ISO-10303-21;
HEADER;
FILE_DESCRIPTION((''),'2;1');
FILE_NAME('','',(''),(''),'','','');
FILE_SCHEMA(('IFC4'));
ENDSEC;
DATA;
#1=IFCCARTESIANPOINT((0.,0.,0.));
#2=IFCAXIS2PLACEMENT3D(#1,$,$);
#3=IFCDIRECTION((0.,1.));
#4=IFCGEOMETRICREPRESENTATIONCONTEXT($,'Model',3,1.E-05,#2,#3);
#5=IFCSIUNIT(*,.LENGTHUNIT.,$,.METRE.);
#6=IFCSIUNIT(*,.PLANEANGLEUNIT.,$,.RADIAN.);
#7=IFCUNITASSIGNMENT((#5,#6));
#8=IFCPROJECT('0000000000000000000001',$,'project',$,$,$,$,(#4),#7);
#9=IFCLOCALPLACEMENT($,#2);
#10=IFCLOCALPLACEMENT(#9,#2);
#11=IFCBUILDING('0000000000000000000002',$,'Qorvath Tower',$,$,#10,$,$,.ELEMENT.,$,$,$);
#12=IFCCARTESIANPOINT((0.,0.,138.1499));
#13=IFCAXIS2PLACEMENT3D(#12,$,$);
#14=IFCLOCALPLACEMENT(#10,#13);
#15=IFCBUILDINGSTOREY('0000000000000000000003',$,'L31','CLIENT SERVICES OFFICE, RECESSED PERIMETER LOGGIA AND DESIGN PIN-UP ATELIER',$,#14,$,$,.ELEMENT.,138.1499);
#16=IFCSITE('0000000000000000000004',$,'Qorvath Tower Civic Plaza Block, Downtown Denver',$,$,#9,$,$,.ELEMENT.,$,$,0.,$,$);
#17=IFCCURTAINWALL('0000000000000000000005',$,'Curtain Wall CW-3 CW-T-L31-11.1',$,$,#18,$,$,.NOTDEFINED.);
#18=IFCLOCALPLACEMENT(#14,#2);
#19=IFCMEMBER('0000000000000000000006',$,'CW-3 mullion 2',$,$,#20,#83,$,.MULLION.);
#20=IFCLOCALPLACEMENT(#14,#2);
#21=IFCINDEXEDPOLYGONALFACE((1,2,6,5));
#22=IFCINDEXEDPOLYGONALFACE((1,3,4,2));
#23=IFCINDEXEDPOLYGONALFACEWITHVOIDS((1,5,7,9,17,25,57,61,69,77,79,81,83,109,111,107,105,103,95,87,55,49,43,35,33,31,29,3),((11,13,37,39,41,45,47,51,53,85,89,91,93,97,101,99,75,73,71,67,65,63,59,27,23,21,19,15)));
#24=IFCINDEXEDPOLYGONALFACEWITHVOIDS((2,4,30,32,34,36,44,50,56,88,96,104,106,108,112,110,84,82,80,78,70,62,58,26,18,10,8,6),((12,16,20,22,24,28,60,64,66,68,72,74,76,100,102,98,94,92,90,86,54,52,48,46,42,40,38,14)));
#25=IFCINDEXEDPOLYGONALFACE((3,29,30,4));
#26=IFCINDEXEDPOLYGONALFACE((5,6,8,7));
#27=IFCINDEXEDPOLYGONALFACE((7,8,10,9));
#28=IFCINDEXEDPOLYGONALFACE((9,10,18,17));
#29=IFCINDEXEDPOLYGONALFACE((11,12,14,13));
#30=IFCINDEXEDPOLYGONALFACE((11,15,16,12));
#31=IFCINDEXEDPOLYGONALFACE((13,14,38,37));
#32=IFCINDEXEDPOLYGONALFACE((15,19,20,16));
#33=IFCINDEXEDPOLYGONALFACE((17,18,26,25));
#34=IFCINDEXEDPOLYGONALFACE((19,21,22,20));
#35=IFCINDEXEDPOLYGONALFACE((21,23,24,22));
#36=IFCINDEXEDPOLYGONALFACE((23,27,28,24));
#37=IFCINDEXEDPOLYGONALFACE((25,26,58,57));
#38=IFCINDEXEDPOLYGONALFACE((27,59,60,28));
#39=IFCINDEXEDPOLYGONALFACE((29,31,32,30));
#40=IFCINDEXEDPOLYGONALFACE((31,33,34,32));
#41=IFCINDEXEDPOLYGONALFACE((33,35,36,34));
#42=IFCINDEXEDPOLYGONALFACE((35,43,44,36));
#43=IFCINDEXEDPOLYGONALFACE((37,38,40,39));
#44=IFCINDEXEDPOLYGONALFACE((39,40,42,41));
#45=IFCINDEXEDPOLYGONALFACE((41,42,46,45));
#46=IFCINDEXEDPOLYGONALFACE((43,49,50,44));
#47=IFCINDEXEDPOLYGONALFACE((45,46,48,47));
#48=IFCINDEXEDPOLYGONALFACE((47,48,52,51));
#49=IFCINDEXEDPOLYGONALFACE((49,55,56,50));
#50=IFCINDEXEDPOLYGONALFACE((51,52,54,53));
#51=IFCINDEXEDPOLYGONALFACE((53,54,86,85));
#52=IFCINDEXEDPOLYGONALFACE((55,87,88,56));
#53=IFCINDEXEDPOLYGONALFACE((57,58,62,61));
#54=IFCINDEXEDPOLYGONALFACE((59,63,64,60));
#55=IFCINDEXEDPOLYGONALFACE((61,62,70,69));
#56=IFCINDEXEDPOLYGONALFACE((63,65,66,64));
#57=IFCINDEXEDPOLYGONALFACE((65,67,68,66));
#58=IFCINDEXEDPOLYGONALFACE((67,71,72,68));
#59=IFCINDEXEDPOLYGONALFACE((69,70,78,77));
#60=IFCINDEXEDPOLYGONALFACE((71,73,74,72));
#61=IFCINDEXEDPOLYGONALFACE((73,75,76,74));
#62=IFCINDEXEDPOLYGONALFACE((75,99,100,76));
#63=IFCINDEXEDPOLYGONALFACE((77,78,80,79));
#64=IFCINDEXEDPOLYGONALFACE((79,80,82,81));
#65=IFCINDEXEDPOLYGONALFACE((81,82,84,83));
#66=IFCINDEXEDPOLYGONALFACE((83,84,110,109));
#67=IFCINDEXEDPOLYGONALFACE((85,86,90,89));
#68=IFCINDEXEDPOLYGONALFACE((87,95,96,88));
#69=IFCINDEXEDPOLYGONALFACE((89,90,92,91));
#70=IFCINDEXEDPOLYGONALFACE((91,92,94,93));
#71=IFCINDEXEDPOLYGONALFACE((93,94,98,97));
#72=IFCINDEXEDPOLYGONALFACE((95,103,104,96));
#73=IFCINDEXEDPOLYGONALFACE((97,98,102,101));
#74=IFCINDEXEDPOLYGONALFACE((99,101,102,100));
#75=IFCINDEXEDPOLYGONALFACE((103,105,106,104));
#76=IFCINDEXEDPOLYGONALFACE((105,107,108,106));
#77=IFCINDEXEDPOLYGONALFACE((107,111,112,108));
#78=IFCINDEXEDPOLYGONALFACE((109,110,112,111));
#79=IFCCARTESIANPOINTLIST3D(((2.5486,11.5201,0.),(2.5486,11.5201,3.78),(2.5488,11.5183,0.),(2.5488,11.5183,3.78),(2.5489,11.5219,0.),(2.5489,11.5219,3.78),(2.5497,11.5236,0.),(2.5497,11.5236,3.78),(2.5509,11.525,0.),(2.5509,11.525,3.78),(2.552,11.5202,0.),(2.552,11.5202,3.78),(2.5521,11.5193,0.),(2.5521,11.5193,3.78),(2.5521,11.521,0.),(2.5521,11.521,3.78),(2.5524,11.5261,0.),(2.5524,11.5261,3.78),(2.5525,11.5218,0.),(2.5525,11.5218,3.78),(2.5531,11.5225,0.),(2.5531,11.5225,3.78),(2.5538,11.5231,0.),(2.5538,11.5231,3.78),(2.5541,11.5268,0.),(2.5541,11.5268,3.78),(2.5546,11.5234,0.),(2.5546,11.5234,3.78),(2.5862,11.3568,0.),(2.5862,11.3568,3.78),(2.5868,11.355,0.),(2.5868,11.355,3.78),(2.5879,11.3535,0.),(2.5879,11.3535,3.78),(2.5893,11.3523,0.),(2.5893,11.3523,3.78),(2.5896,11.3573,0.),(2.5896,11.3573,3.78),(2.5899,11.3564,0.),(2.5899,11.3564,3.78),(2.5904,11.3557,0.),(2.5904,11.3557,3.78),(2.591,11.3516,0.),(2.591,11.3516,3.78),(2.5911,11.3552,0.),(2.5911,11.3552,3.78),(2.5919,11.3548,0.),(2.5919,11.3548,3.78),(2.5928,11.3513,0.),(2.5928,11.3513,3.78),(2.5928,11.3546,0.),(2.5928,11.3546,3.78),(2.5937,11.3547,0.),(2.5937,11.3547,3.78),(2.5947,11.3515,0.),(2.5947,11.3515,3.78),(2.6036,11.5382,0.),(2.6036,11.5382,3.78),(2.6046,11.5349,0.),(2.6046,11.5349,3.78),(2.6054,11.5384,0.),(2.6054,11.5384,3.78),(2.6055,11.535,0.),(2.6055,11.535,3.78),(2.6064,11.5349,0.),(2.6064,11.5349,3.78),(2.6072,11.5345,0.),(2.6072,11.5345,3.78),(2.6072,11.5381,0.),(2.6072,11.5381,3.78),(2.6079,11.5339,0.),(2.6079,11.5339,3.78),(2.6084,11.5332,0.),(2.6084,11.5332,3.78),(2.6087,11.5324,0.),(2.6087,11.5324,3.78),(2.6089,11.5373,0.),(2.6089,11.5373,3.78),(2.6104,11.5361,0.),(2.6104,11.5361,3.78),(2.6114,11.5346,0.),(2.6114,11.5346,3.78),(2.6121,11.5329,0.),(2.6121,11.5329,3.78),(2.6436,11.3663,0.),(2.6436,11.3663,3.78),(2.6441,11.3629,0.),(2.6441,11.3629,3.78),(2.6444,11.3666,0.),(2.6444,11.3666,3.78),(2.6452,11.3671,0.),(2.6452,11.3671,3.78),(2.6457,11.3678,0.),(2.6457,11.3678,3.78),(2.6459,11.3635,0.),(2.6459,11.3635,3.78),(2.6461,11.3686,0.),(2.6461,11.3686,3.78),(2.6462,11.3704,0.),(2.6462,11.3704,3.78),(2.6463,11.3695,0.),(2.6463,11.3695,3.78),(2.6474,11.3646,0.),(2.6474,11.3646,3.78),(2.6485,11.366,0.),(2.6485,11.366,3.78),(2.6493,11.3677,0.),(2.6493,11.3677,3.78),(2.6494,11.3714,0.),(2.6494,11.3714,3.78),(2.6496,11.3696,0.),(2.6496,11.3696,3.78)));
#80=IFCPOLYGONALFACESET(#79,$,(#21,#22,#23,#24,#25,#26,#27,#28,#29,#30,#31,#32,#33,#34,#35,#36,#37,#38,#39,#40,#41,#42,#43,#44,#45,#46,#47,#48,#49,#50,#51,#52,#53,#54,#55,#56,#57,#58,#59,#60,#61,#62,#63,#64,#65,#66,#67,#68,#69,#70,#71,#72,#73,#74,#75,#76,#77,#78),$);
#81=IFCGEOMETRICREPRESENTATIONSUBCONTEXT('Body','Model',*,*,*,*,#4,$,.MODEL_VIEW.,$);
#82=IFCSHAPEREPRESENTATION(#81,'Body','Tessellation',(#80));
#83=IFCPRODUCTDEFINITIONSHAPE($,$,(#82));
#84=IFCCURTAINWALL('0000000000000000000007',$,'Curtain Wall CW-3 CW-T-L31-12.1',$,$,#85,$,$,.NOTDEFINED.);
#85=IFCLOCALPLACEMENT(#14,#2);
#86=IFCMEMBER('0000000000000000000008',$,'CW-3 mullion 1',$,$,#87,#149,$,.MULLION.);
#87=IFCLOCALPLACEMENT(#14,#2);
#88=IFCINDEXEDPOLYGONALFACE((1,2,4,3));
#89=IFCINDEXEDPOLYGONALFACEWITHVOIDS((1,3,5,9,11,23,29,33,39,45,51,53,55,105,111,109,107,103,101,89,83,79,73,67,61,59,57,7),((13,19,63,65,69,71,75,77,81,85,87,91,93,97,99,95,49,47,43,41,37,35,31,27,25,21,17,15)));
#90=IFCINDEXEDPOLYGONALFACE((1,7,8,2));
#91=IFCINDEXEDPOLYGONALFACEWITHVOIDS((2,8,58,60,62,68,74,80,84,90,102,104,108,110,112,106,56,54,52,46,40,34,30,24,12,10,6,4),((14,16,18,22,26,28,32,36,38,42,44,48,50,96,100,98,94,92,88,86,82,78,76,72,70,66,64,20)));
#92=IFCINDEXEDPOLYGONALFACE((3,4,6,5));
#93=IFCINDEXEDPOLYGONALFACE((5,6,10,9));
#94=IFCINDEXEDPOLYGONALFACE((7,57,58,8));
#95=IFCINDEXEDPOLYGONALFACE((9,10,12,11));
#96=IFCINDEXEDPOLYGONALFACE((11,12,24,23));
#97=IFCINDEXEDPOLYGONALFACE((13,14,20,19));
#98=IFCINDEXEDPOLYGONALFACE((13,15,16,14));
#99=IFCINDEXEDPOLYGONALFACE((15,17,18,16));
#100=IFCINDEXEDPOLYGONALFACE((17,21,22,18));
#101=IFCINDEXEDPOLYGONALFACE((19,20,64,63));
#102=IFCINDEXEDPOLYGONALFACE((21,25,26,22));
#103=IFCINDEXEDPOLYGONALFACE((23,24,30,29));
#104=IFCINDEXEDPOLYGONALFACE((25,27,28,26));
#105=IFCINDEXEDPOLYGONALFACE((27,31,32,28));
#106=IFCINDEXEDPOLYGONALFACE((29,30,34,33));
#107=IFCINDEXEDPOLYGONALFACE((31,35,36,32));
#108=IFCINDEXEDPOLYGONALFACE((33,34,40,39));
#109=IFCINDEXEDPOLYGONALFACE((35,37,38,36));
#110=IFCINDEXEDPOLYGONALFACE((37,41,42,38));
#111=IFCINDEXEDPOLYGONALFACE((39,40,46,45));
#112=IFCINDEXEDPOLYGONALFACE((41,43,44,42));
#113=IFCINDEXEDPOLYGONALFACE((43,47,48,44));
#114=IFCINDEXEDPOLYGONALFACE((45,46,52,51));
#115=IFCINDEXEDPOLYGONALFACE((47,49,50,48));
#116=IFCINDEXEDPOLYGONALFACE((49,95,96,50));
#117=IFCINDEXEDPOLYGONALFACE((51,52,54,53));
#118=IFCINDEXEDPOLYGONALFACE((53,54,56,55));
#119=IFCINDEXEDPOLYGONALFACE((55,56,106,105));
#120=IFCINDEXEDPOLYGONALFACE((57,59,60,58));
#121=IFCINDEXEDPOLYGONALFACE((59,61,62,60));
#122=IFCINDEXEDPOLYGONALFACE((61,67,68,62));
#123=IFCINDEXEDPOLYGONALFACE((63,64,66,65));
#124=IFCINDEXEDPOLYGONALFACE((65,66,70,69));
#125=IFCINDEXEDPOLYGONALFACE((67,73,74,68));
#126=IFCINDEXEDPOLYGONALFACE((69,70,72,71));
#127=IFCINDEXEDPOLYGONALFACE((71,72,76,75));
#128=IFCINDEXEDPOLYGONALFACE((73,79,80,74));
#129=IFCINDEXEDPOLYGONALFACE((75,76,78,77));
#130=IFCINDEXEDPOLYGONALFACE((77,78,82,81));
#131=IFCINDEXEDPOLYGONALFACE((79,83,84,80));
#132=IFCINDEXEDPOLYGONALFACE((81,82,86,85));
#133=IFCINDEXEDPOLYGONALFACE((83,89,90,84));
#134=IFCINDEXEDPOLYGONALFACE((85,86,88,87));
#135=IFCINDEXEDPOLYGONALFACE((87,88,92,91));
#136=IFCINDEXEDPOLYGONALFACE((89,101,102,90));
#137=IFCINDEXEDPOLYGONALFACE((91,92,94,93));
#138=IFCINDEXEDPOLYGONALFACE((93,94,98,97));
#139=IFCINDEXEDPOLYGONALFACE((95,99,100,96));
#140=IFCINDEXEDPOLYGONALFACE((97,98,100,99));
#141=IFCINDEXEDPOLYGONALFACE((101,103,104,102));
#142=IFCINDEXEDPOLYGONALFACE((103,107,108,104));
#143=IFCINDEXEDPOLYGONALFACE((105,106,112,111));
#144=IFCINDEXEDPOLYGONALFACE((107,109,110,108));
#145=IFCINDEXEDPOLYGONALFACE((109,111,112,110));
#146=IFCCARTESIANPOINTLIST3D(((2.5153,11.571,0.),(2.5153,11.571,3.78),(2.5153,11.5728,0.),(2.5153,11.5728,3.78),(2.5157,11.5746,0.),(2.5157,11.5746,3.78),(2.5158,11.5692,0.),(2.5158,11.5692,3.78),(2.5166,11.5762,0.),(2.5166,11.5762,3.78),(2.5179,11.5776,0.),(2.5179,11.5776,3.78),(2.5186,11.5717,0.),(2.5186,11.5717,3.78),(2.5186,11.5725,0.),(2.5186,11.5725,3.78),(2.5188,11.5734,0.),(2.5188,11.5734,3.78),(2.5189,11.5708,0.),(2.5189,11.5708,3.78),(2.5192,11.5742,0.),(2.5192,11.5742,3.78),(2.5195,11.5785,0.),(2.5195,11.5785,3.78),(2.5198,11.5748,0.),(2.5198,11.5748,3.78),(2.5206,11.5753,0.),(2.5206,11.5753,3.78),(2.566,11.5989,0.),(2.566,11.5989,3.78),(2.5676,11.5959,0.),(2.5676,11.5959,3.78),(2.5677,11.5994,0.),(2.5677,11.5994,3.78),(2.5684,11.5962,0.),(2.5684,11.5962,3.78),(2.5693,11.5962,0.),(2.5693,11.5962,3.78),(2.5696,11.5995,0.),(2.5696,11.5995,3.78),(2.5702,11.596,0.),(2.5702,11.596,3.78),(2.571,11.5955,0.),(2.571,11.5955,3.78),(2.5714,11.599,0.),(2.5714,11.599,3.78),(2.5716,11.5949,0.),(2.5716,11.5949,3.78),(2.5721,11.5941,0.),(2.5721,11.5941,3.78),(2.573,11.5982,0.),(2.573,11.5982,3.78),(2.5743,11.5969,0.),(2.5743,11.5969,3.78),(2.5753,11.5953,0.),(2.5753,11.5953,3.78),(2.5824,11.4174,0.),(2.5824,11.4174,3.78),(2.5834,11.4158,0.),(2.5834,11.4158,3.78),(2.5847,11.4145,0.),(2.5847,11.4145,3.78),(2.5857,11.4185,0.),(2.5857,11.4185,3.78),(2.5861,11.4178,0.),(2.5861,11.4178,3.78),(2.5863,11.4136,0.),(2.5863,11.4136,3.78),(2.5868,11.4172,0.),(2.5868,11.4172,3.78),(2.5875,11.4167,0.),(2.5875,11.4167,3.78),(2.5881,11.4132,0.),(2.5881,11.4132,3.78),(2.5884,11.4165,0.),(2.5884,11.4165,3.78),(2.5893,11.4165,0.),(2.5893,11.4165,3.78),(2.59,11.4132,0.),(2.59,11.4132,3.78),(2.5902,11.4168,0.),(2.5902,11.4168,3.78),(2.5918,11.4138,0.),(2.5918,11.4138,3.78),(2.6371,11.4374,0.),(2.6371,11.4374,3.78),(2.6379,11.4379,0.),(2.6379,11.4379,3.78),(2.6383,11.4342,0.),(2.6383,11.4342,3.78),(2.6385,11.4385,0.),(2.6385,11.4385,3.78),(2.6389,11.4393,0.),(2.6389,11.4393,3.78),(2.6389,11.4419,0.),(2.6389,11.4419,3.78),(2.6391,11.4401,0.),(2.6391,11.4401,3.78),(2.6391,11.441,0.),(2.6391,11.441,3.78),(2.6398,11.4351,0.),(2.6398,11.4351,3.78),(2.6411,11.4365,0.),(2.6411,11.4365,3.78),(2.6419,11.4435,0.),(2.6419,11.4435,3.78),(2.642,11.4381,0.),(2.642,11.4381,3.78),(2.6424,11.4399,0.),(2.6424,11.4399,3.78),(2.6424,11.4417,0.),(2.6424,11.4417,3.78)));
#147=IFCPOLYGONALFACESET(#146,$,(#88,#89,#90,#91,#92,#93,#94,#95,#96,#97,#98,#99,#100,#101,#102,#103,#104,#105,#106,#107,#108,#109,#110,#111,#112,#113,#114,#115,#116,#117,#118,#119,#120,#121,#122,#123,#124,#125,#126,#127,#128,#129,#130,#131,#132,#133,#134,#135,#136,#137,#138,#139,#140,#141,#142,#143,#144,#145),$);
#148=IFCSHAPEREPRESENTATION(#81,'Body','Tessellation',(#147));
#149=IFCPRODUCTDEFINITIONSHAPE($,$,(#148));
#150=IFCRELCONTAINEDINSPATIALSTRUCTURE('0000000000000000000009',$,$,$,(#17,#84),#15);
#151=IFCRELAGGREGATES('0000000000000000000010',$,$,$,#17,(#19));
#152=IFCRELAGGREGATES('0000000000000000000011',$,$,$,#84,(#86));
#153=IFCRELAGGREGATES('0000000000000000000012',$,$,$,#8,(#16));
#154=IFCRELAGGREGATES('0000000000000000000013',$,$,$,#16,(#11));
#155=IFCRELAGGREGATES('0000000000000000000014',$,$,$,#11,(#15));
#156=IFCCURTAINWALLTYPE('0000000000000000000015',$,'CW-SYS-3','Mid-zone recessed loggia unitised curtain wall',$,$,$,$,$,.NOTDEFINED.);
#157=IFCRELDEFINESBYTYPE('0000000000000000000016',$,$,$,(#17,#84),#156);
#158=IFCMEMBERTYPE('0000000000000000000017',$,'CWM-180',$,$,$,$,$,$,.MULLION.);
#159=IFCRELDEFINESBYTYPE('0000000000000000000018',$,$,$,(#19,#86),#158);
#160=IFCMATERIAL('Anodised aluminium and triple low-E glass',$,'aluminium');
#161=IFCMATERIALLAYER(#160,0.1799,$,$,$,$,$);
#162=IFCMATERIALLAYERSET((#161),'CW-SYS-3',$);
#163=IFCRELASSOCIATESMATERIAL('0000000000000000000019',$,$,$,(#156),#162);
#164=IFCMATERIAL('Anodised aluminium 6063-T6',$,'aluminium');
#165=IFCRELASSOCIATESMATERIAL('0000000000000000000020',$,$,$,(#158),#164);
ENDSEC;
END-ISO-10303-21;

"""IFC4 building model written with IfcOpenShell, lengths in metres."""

from ifc_helpers import new_model, si_unit, direction, frame, origin, origin_2d, place, context, subcontext, project, spatial, hollow_rectangle, extrude, material, layer, layer_set, material_profile, profile_set, type_object, element, aggregate, save


model = new_model("IFC4")

# Units and contexts
model_context = context("Model", 3, precision=1e-05, world=origin(), true_north=direction((0.0, 1.0)))
body_context = subcontext(model_context, "Body", "Model", "MODEL_VIEW")
ifc_project = project(units=[si_unit("LENGTHUNIT", "METRE"), si_unit("PLANEANGLEUNIT", "RADIAN")], contexts=[model_context])

# Site, building, storey
site_placement = place(None, origin())
site = spatial("IfcSite", under=ifc_project, at=site_placement, Name="Qorvath Tower Civic Plaza Block, Downtown Denver", CompositionType="ELEMENT", RefElevation=0.0)
building_placement = place(site_placement, origin())
building = spatial("IfcBuilding", under=site, at=building_placement, Name="Qorvath Tower", CompositionType="ELEMENT")
storey_placement = place(building_placement, frame((0.0, 0.0, 138.1499)))
storey = spatial("IfcBuildingStorey", under=building, at=storey_placement, Name="L31", Description="CLIENT SERVICES OFFICE, RECESSED PERIMETER LOGGIA AND DESIGN PIN-UP ATELIER", CompositionType="ELEMENT", Elevation=138.1499)

# Curtain wall, member
ifc_material_1 = material(Name="Anodised aluminium and triple low-E glass", Category="aluminium")
ifc_layer_1 = layer(ifc_material_1, 0.1799)
ifc_layer_set_1 = layer_set([ifc_layer_1], Name="CW-SYS-3")
curtain_wall_type = type_object("IfcCurtainWallType", Name="CW-SYS-3", Description="Mid-zone recessed loggia unitised curtain wall", PredefinedType="NOTDEFINED", material=ifc_layer_set_1)
curtain_wall_1_placement = place(storey_placement, origin())
curtain_wall_1 = element("IfcCurtainWall", 1, at=curtain_wall_1_placement, inside=storey, type_object=curtain_wall_type, Name="Curtain Wall CW-3 CW-T-L31-11.1", PredefinedType="NOTDEFINED")
ifc_material_2 = material(Name="Anodised aluminium 6063-T6", Category="aluminium")
ifc_material_profile_1 = material_profile(ifc_material_2, hollow_rectangle(XDim=0.0649, YDim=0.1799, WallThickness=0.0034, InnerFilletRadius=0.0034, OuterFilletRadius=0.0071, at=origin_2d()), Name="CWM 180x65")
ifc_profile_set_1 = profile_set([ifc_material_profile_1], Name="Anodised aluminium 6063-T6")
member_type_1 = type_object("IfcMemberType", Name="CWM-180", PredefinedType="MULLION", material=ifc_profile_set_1)
member_1_placement = place(storey_placement, frame((2.5991, 11.4448, 0.0), z_axis=(0.0, 0.0, 1.0), x_axis=(-0.974262, -0.225417, 0.0)))
member_1 = element("IfcMember", 2, at=member_1_placement, type_object=member_type_1, Name="CW-3 mullion 2", PredefinedType="MULLION", context=body_context, shape_type="SweptSolid", body=[
    extrude(hollow_rectangle(XDim=0.0649, YDim=0.1799, WallThickness=0.0034, InnerFilletRadius=0.0034, OuterFilletRadius=0.0071, at=origin_2d()), origin(), (0.0, 0.0, 1.0), 3.78),
])

# Curtain wall, member
curtain_wall_2_placement = place(storey_placement, origin())
curtain_wall_2 = element("IfcCurtainWall", 3, at=curtain_wall_2_placement, inside=storey, type_object=curtain_wall_type, Name="Curtain Wall CW-3 CW-T-L31-12.1", PredefinedType="NOTDEFINED")
member_2_placement = place(storey_placement, frame((2.5789, 11.5063, 0.0), z_axis=(0.0, 0.0, 1.0), x_axis=(-0.915735, -0.401782, 0.0)))
member_2 = element("IfcMember", 4, at=member_2_placement, type_object=member_type_1, Name="CW-3 mullion 1", PredefinedType="MULLION", context=body_context, shape_type="SweptSolid", body=[
    extrude(hollow_rectangle(XDim=0.0649, YDim=0.1799, WallThickness=0.0034, InnerFilletRadius=0.0034, OuterFilletRadius=0.0071, at=origin_2d()), origin(), (0.0, 0.0, 1.0), 3.78),
])

aggregate(curtain_wall_1, [member_1])
aggregate(curtain_wall_2, [member_2])

save(model, "model.ifc")
